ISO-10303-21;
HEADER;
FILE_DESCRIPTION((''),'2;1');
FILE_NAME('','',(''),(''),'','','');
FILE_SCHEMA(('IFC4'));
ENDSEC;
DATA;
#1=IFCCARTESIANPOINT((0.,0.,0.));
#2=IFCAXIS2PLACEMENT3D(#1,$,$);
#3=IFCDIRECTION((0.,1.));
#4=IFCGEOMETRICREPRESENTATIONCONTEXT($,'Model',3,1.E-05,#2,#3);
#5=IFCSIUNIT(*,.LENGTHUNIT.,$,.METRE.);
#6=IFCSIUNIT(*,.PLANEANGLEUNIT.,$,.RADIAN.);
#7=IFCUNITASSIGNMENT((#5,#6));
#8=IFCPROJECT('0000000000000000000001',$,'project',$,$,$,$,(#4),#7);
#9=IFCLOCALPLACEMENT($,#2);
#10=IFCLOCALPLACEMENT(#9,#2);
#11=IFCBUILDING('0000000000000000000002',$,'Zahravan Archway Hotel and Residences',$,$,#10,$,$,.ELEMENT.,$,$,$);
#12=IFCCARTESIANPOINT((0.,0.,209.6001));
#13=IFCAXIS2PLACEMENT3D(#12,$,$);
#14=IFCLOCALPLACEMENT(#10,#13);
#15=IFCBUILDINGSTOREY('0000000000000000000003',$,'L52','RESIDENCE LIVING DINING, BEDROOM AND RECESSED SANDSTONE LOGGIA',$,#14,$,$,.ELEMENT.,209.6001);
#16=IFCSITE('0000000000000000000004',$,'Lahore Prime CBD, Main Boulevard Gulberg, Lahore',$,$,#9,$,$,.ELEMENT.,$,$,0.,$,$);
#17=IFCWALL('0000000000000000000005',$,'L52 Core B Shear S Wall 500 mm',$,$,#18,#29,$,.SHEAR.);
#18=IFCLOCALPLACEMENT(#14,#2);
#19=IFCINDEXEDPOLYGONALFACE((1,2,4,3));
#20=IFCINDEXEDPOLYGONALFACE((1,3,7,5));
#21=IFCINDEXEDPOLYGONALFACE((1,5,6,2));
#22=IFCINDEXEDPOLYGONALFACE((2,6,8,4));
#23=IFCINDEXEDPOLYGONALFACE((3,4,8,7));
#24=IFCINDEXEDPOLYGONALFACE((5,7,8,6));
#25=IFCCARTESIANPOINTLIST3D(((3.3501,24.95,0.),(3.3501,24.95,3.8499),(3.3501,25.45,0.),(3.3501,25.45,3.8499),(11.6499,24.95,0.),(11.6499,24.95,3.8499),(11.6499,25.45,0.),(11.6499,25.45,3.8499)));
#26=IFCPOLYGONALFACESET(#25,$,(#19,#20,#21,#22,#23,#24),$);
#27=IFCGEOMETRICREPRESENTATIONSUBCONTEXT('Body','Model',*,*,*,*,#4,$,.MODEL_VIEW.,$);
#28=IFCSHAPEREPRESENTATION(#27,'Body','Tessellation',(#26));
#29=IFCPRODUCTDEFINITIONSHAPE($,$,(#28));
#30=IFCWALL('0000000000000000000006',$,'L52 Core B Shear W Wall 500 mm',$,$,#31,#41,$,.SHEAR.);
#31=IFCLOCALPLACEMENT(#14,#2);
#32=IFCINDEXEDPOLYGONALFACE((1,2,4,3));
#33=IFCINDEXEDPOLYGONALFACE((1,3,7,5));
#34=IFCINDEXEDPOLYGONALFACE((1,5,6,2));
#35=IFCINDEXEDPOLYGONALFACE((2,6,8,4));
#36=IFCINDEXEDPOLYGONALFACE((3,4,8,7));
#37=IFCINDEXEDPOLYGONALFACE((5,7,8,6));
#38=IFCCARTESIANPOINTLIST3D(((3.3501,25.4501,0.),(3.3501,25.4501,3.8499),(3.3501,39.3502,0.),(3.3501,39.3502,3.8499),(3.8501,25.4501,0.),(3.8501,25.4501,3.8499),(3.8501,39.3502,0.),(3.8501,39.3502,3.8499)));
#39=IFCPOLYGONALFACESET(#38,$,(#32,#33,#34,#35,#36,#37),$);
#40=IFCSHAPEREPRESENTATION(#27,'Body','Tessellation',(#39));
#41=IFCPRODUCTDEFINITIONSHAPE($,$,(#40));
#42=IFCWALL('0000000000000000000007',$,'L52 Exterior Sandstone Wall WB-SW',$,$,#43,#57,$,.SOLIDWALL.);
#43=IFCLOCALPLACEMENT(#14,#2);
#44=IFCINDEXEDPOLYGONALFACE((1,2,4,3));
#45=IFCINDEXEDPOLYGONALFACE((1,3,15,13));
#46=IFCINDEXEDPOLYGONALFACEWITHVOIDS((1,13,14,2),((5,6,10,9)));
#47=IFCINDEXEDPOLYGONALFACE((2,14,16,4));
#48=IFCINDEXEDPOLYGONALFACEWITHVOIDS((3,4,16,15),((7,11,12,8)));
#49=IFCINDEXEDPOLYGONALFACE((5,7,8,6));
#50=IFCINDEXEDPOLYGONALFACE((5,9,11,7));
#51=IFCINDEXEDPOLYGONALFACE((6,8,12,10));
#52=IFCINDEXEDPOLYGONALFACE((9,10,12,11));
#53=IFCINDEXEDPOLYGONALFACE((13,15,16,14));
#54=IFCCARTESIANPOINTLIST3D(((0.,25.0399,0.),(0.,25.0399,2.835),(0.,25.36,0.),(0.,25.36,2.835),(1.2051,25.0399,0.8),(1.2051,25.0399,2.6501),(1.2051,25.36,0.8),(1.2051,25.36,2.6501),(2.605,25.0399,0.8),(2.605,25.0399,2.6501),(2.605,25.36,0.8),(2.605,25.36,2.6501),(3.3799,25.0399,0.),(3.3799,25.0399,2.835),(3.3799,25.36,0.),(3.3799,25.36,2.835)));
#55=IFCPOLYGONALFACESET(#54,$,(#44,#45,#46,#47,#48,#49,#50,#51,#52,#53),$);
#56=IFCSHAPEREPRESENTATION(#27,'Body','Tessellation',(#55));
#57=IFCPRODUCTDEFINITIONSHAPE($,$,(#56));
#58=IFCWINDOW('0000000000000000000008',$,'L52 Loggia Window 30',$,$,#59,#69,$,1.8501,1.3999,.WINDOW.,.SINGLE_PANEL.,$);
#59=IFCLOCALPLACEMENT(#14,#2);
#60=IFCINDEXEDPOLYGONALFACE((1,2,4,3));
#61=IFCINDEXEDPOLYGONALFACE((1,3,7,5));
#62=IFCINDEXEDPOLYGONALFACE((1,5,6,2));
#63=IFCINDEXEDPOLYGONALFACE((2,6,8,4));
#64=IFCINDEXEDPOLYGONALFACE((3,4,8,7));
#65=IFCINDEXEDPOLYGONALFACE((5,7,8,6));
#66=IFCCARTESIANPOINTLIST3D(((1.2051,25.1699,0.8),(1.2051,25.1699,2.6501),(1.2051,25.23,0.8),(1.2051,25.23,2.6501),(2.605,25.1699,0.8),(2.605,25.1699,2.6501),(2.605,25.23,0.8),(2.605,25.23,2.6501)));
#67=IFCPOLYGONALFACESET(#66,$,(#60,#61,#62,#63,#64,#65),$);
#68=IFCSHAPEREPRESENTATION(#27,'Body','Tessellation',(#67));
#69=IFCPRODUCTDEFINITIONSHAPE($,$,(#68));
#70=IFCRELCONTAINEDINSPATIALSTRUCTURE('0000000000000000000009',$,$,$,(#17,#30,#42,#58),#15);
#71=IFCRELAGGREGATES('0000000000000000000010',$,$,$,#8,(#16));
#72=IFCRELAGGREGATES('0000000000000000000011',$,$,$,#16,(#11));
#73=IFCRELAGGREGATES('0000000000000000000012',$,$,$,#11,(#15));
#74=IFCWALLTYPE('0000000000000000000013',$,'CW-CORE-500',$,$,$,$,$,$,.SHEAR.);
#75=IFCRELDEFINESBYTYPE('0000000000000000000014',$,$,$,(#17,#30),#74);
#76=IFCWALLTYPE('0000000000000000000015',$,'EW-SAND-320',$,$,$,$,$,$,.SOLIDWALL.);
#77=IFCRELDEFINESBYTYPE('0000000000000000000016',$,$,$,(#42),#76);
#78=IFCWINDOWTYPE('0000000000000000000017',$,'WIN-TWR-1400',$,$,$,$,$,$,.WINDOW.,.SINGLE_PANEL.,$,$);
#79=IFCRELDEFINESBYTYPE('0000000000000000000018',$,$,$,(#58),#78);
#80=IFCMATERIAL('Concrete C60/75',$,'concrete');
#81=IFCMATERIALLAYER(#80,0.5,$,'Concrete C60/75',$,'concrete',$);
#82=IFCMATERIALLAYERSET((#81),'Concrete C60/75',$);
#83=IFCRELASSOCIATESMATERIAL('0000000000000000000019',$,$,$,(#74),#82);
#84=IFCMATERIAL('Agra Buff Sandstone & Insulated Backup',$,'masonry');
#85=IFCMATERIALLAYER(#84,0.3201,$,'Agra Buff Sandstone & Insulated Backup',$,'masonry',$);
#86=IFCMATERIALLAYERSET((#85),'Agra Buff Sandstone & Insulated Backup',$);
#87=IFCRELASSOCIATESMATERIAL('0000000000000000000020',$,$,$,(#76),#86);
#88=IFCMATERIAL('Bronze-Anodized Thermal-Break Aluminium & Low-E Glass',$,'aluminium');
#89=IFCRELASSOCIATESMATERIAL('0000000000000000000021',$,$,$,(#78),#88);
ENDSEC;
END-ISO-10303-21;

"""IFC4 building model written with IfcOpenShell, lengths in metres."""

from ifc_helpers import new_model, si_unit, direction, frame, frame_2d, origin, place, context, subcontext, project, spatial, rectangle, extrude, source, transform, mapped, material, layer, layer_set, type_object, type_shapes, element, fill, save


model = new_model("IFC4")

# Units and contexts
model_context = context("Model", 3, precision=1e-05, world=origin(), true_north=direction((0.0, 1.0)))
body_context = subcontext(model_context, "Body", "Model", "MODEL_VIEW")
ifc_project = project(units=[si_unit("LENGTHUNIT", "METRE"), si_unit("PLANEANGLEUNIT", "RADIAN")], contexts=[model_context])

# Site, building, storey
site_placement = place(None, origin())
site = spatial("IfcSite", under=ifc_project, at=site_placement, Name="Lahore Prime CBD, Main Boulevard Gulberg, Lahore", CompositionType="ELEMENT", RefElevation=0.0)
building_placement = place(site_placement, origin())
building = spatial("IfcBuilding", under=site, at=building_placement, Name="Zahravan Archway Hotel and Residences", CompositionType="ELEMENT")
storey_placement = place(building_placement, frame((0.0, 0.0, 209.6001)))
storey = spatial("IfcBuildingStorey", under=building, at=storey_placement, Name="L52", Description="RESIDENCE LIVING DINING, BEDROOM AND RECESSED SANDSTONE LOGGIA", CompositionType="ELEMENT", Elevation=209.6001)

# Shared definitions
ifc_material_1 = material(Name="Concrete C60/75", Category="concrete")

# Walls
ifc_layer_1 = layer(ifc_material_1, 0.5, Name="Concrete C60/75", Category="concrete")
ifc_layer_set_1 = layer_set([ifc_layer_1], Name="Concrete C60/75")
wall_type_1 = type_object("IfcWallType", Name="CW-CORE-500", PredefinedType="SHEAR", material=ifc_layer_set_1)
wall_1_placement = place(storey_placement, frame((3.3501, 25.2, 0.0), z_axis=(0.0, 0.0, 1.0), x_axis=(1.0, 0.0, 0.0)))
element("IfcWall", 1, at=wall_1_placement, inside=storey, type_object=wall_type_1, Name="L52 Core B Shear S Wall 500 mm", PredefinedType="SHEAR", context=body_context, shape_type="SweptSolid", body=[
    extrude(rectangle(XDim=8.2998, YDim=0.5, at=frame_2d((4.1499, 0.0))), origin(), (0.0, 0.0, 1.0), 3.8499),
])
wall_2_placement = place(storey_placement, frame((3.6001, 25.45, 0.0), z_axis=(0.0, 0.0, 1.0), x_axis=(0.0, 1.0, 0.0)))
element("IfcWall", 2, at=wall_2_placement, inside=storey, type_object=wall_type_1, Name="L52 Core B Shear W Wall 500 mm", PredefinedType="SHEAR", context=body_context, shape_type="SweptSolid", body=[
    extrude(rectangle(XDim=13.9001, YDim=0.5, at=frame_2d((6.9502, 0.0))), origin(), (0.0, 0.0, 1.0), 3.8499),
])

# Wall, opening, window
ifc_material_2 = material(Name="Agra Buff Sandstone & Insulated Backup", Category="masonry")
ifc_layer_2 = layer(ifc_material_2, 0.3201, Name="Agra Buff Sandstone & Insulated Backup", Category="masonry")
ifc_layer_set_2 = layer_set([ifc_layer_2], Name="Agra Buff Sandstone & Insulated Backup")
wall_type_2 = type_object("IfcWallType", Name="EW-SAND-320", PredefinedType="SOLIDWALL", material=ifc_layer_set_2)
wall_3_placement = place(storey_placement, frame((0.0, 25.2, 0.0), z_axis=(0.0, 0.0, 1.0), x_axis=(1.0, 0.0, 0.0)))
wall_3 = element("IfcWall", 3, at=wall_3_placement, inside=storey, type_object=wall_type_2, Name="L52 Exterior Sandstone Wall WB-SW", PredefinedType="SOLIDWALL", context=body_context, shape_type="SweptSolid", body=[
    extrude(rectangle(XDim=3.3799, YDim=0.3201, at=frame_2d((1.6899, 0.0))), origin(), (0.0, 0.0, 1.0), 2.835),
])
opening_1_placement = place(wall_3_placement, frame((1.2051, 0.0, 0.8)))
opening_1 = element("IfcOpeningElement", 4, at=opening_1_placement, cuts=wall_3, PredefinedType="OPENING", context=body_context, shape_type="SweptSolid", body=[
    extrude(rectangle(XDim=1.3999, YDim=1.8501, at=frame_2d((0.7, 0.925))), frame((0.0, 0.1699, 0.0), z_axis=(0.0, -1.0, 0.0), x_axis=(1.0, 0.0, 0.0)), (0.0, 0.0, 1.0), 0.3401),
])
ifc_material_3 = material(Name="Bronze-Anodized Thermal-Break Aluminium & Low-E Glass", Category="aluminium")
window_type_1 = type_object("IfcWindowType", Name="WIN-TWR-1400", PartitioningType="SINGLE_PANEL", PredefinedType="WINDOW", material=ifc_material_3)
shared_shape_1 = source(origin(), body_context, "Body", "SweptSolid", [
    extrude(rectangle(XDim=1.3999, YDim=1.8501, at=frame_2d((0.7, 0.925))), frame((0.0, 0.03, 0.0), z_axis=(0.0, -1.0, 0.0), x_axis=(1.0, 0.0, 0.0)), (0.0, 0.0, 1.0), 0.0601),
])
type_shapes(window_type_1, [shared_shape_1])
window_1_placement = place(opening_1_placement, origin())
window_1 = element("IfcWindow", 5, at=window_1_placement, inside=storey, type_object=window_type_1, Name="L52 Loggia Window 30", OverallHeight=1.8501, OverallWidth=1.3999, PartitioningType="SINGLE_PANEL", PredefinedType="WINDOW", context=body_context, shape_type="MappedRepresentation", body=[
    mapped(shared_shape_1, transform((0.0, 0.0, 0.0), scale=1.0)),
])
fill(opening_1, window_1)

save(model, "model.ifc")
